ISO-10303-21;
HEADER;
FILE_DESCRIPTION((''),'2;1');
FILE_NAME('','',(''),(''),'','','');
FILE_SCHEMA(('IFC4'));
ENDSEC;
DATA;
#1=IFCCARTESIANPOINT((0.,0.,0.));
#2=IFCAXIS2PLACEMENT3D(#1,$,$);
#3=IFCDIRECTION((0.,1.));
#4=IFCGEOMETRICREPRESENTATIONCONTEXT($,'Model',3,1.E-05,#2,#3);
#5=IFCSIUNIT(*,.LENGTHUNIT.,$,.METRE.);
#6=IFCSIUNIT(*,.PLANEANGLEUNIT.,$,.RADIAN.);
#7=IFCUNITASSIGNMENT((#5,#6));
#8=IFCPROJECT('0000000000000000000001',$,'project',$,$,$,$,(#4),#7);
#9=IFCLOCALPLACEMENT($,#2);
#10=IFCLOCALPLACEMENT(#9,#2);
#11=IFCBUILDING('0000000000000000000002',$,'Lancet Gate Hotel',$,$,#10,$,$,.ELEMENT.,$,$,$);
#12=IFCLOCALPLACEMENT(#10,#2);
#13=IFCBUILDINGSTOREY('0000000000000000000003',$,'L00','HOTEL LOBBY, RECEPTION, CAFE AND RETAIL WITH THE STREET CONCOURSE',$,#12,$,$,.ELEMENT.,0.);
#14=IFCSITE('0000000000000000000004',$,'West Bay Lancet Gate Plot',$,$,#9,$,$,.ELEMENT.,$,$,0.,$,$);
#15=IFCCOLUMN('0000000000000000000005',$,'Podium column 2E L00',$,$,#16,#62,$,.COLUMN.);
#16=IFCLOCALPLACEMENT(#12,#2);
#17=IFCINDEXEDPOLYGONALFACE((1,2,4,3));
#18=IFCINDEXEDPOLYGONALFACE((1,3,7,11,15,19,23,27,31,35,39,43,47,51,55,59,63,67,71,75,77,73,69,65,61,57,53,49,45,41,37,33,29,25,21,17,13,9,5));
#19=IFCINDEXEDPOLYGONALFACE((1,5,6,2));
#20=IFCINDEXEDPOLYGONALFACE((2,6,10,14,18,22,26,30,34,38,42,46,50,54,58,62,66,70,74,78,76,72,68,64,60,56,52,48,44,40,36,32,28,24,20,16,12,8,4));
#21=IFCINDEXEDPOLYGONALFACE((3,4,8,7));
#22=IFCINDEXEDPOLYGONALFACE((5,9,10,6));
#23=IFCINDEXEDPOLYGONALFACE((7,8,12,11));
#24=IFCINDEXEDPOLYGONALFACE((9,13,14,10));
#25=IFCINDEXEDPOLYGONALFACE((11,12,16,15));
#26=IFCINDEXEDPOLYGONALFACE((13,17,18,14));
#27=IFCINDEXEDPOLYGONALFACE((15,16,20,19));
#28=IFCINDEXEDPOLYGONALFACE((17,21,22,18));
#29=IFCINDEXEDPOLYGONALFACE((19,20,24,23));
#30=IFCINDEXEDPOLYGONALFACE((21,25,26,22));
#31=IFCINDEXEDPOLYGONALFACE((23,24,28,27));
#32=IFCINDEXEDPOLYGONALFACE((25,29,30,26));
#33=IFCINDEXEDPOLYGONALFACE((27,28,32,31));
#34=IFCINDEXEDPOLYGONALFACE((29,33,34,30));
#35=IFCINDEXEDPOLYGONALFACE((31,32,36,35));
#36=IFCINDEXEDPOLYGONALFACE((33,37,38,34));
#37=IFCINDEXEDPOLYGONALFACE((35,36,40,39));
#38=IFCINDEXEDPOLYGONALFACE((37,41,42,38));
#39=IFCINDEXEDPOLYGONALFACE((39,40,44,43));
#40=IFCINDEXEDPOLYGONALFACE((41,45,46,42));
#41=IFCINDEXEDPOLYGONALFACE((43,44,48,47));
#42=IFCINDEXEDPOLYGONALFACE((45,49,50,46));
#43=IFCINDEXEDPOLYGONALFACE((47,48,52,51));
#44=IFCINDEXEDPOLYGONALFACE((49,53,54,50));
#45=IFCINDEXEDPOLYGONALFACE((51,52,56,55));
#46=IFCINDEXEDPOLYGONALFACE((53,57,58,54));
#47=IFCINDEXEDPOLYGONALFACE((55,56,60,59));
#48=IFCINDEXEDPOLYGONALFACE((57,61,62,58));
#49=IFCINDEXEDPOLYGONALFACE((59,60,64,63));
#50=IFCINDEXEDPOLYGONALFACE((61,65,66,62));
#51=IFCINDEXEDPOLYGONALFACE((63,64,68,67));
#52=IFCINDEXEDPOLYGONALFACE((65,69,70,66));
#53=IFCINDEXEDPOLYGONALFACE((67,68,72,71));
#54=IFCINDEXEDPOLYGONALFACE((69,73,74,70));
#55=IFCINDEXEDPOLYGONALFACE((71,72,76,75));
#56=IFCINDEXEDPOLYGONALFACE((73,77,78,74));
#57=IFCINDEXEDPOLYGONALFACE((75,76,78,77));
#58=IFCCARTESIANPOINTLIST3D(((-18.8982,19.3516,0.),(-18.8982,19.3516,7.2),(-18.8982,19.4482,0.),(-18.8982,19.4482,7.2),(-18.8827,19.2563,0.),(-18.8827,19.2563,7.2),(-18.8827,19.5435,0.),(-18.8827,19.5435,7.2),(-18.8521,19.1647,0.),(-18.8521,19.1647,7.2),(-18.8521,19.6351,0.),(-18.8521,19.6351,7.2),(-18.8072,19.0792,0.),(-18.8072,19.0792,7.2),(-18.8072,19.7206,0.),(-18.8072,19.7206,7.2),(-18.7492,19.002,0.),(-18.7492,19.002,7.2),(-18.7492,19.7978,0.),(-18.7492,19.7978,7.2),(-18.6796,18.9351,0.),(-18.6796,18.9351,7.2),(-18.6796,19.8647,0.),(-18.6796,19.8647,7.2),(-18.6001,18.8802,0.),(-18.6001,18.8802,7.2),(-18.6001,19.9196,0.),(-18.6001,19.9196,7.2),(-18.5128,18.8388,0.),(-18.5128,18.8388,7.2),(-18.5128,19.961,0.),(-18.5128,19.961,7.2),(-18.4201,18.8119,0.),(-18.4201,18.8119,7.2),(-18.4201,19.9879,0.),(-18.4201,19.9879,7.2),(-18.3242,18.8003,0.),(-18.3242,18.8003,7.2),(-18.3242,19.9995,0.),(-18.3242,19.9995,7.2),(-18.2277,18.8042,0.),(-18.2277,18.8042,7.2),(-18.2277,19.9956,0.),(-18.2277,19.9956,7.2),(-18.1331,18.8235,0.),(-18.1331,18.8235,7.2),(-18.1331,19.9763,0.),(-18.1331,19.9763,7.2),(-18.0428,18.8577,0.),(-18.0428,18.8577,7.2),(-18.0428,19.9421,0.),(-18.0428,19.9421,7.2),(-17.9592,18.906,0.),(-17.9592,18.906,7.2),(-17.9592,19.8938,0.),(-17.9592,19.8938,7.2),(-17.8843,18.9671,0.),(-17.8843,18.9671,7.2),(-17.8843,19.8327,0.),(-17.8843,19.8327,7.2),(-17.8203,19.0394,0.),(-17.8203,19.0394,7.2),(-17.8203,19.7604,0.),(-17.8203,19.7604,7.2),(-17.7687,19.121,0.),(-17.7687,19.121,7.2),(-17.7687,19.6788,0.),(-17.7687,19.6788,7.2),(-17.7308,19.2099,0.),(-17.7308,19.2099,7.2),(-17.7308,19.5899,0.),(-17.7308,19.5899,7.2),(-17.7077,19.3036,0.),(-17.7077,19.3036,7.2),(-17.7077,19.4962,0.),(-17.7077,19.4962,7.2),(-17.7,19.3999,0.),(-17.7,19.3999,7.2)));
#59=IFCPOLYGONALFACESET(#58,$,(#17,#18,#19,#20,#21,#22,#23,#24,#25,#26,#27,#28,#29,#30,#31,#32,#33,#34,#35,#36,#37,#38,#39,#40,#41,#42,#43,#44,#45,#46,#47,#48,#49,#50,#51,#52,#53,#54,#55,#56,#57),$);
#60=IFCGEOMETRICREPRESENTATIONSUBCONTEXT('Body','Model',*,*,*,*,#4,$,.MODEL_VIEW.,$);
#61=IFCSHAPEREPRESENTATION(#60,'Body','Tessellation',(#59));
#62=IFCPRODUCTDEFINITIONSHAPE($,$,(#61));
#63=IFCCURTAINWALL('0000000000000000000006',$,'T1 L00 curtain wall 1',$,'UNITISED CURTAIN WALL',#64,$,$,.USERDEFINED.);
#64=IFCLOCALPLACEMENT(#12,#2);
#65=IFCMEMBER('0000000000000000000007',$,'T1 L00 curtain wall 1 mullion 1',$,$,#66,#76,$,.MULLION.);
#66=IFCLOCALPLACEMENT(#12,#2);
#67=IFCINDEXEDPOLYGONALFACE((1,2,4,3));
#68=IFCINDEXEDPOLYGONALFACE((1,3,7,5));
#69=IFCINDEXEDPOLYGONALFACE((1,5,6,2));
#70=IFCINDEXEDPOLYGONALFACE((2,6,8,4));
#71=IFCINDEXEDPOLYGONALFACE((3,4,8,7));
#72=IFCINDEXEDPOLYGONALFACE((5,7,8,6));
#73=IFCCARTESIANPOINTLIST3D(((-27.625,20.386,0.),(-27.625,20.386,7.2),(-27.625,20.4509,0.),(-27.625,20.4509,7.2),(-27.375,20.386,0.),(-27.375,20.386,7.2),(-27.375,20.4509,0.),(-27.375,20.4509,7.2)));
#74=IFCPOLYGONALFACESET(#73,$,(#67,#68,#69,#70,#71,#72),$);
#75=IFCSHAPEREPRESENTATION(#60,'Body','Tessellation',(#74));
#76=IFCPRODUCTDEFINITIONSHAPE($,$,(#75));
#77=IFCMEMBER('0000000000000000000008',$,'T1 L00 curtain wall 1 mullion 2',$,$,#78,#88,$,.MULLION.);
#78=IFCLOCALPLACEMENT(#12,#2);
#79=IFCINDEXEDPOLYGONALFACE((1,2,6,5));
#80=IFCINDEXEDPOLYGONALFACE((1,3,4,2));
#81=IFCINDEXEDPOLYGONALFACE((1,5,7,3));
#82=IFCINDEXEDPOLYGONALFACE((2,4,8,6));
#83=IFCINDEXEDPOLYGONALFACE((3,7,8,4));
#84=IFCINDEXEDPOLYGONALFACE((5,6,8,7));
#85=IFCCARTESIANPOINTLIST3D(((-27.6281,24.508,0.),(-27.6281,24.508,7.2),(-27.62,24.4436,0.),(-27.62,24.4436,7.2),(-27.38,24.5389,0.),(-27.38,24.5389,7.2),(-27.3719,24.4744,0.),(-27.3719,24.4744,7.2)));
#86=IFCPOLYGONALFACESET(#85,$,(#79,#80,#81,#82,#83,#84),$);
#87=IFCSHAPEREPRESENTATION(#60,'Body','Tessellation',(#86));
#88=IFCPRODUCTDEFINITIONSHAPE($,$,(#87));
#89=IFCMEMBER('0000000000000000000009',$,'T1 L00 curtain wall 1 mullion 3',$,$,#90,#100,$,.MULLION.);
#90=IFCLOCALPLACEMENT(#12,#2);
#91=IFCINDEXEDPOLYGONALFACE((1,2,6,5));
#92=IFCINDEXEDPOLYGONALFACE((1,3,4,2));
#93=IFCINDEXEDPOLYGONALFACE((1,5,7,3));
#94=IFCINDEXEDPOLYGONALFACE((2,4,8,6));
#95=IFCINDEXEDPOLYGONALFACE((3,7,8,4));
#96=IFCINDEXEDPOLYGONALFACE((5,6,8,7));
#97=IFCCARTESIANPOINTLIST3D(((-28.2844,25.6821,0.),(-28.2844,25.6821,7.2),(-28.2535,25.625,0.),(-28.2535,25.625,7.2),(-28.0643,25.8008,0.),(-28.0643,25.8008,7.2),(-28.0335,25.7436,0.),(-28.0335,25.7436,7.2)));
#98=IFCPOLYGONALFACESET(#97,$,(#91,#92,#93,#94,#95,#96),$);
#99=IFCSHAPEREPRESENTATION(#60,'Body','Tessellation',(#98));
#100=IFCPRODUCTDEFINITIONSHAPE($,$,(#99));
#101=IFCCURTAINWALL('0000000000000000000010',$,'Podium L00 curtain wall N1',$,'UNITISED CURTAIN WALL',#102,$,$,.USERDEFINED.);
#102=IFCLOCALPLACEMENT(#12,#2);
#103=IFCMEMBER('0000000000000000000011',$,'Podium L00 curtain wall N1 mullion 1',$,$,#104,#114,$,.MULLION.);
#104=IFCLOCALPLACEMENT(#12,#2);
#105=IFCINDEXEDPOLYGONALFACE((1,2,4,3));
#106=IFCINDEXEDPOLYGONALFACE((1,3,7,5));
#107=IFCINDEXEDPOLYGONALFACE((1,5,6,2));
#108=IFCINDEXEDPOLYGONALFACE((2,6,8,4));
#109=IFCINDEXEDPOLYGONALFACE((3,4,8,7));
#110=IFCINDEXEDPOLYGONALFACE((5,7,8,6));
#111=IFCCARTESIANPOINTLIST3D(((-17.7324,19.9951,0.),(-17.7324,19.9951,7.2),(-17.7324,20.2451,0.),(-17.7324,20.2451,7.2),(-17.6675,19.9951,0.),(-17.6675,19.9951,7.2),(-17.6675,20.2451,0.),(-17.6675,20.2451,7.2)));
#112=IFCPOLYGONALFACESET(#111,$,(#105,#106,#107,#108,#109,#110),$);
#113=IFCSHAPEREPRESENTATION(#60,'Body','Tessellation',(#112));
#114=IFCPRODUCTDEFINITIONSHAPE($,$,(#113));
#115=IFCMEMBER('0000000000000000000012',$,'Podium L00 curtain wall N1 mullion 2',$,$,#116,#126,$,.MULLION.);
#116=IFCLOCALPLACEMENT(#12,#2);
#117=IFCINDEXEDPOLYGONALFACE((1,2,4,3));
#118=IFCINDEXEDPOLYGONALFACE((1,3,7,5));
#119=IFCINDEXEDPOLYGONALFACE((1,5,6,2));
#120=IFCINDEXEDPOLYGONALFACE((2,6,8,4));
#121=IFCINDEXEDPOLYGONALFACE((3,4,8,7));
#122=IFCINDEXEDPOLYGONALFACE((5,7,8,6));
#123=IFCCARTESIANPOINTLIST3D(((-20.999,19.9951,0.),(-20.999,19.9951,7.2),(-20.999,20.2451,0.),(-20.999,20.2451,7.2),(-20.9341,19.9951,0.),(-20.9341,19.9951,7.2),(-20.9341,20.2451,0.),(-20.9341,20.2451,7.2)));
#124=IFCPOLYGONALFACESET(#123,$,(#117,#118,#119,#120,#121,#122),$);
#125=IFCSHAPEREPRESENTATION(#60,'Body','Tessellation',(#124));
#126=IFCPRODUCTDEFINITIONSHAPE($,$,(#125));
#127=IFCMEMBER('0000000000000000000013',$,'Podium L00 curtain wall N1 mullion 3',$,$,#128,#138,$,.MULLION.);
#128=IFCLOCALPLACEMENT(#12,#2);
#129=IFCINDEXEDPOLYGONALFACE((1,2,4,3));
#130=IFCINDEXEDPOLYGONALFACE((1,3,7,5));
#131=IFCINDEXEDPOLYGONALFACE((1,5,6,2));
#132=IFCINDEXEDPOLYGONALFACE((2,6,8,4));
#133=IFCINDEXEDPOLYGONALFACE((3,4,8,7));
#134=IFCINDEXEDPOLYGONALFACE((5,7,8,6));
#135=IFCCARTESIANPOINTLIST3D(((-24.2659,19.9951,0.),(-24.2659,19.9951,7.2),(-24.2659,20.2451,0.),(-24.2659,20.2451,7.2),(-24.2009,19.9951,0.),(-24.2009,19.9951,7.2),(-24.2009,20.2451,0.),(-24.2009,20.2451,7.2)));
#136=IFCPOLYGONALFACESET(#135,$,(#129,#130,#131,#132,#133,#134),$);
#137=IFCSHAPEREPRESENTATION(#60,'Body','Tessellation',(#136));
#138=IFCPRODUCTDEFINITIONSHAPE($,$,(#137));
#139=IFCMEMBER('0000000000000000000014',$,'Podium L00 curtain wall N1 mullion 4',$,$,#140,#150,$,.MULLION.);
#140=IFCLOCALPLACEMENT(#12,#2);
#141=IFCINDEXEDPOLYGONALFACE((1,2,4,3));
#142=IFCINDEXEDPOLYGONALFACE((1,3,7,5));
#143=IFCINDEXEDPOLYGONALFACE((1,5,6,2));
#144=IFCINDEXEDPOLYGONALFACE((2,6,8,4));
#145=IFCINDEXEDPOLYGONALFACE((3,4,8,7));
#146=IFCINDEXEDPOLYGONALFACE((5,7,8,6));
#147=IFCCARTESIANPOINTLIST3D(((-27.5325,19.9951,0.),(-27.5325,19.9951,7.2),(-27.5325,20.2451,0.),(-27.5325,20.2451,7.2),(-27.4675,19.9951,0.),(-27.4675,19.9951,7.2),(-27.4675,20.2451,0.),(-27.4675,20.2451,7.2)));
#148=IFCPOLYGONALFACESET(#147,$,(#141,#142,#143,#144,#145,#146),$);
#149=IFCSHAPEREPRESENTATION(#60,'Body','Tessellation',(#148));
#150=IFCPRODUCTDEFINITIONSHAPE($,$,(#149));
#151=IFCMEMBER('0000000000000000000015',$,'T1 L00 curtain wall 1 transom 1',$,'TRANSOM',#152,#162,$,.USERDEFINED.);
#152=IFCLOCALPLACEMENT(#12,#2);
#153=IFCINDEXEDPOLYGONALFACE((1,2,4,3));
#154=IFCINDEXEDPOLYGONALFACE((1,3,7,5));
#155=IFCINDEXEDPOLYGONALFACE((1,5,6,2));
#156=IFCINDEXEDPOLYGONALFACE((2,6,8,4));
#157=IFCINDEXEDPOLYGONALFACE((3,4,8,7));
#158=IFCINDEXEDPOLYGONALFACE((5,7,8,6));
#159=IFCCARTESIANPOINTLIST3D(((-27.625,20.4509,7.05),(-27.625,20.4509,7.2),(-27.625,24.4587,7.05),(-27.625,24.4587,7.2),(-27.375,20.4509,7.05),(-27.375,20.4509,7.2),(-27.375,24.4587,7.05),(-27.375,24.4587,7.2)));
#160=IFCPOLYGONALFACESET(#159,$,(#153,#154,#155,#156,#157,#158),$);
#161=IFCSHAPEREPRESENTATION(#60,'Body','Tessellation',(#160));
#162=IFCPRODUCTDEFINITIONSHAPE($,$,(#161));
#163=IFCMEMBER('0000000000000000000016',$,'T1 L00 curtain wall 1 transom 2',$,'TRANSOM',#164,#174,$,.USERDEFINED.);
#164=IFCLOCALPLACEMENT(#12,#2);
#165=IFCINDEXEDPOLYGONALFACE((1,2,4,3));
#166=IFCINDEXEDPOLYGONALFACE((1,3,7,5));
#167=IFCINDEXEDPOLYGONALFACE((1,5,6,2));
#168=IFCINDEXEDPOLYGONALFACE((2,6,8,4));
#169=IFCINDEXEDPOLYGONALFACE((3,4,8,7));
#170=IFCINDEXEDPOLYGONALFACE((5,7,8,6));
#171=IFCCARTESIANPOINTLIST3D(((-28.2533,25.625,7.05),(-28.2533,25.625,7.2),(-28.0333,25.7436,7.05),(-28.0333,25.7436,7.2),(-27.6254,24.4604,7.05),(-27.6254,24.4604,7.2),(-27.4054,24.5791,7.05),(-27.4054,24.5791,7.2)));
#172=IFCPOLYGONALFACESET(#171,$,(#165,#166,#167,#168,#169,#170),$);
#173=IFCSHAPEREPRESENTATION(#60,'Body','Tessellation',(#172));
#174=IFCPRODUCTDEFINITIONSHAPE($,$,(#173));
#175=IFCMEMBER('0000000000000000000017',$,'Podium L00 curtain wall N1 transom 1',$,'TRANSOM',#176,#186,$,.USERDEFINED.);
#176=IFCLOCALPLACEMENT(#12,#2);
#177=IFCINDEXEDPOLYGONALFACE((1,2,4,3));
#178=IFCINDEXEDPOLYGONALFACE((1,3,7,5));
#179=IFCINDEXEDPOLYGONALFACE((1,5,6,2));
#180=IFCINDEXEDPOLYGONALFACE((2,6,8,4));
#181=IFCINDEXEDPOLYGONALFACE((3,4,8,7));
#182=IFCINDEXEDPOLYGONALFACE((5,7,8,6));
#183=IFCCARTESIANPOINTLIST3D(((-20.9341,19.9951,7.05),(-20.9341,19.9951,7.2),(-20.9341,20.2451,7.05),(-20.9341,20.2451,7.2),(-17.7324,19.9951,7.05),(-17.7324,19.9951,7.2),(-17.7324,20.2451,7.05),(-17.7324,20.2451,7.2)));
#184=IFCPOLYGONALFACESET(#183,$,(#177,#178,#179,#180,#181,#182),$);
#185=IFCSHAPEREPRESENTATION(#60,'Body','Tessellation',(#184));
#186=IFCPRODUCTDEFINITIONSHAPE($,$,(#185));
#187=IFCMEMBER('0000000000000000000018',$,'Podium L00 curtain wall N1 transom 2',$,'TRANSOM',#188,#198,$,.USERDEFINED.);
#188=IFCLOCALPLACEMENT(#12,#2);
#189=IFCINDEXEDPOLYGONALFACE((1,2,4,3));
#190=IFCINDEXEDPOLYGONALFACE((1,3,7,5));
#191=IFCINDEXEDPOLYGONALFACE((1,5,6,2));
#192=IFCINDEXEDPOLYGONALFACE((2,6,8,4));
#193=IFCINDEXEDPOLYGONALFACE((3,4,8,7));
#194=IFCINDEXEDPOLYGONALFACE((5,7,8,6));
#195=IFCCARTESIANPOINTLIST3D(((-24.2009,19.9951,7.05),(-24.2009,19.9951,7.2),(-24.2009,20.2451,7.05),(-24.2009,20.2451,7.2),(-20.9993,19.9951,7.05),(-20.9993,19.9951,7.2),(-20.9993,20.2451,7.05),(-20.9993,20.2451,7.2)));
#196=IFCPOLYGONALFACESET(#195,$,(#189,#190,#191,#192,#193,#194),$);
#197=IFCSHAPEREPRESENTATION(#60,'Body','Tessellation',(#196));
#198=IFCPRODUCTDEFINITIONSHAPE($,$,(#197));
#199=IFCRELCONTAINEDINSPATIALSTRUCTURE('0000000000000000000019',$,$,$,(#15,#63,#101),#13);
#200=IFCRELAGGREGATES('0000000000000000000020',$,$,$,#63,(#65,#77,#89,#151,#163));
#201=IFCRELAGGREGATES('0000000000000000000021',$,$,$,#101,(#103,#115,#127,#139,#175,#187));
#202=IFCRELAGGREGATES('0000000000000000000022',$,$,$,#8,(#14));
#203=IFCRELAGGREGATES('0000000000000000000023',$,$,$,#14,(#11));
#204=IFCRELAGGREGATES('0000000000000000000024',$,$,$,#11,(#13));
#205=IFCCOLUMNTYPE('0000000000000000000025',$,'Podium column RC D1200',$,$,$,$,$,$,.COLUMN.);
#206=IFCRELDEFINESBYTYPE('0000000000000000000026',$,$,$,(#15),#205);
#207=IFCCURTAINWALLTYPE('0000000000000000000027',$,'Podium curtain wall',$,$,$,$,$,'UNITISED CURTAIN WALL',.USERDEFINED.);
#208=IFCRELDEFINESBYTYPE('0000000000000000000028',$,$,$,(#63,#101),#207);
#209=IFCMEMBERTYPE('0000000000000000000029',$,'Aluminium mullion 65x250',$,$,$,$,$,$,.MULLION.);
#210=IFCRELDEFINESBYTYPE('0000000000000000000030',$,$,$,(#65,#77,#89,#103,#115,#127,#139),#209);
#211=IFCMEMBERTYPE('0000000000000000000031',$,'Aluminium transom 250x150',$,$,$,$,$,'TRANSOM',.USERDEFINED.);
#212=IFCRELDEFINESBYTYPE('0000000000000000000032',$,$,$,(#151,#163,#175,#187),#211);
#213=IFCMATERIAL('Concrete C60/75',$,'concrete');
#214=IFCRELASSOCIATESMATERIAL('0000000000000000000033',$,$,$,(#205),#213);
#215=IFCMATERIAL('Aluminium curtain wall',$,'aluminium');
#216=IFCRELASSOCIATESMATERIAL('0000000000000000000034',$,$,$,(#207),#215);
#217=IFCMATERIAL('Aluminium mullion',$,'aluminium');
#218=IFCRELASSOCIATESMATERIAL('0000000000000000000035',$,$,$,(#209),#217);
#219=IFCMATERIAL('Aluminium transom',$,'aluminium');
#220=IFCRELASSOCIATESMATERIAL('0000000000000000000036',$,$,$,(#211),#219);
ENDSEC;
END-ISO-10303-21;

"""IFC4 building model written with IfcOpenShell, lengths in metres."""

from ifc_helpers import new_model, si_unit, direction, frame, origin, origin_2d, place, context, subcontext, project, spatial, rectangle, circle, extrude, material, material_profile, profile_set, type_object, element, aggregate, save


model = new_model("IFC4")

# Units and contexts
model_context = context("Model", 3, precision=1e-05, world=origin(), true_north=direction((0.0, 1.0)))
body_context = subcontext(model_context, "Body", "Model", "MODEL_VIEW")
ifc_project = project(units=[si_unit("LENGTHUNIT", "METRE"), si_unit("PLANEANGLEUNIT", "RADIAN")], contexts=[model_context])

# Site, building, storey
site_placement = place(None, origin())
site = spatial("IfcSite", under=ifc_project, at=site_placement, Name="West Bay Lancet Gate Plot", CompositionType="ELEMENT", RefElevation=0.0)
building_placement = place(site_placement, origin())
building = spatial("IfcBuilding", under=site, at=building_placement, Name="Lancet Gate Hotel", CompositionType="ELEMENT")
storey_placement = place(building_placement, origin())
storey = spatial("IfcBuildingStorey", under=building, at=storey_placement, Name="L00", Description="HOTEL LOBBY, RECEPTION, CAFE AND RETAIL WITH THE STREET CONCOURSE", CompositionType="ELEMENT", Elevation=0.0)

# Column
ifc_material_1 = material(Name="Concrete C60/75", Category="concrete")
ifc_material_profile_1 = material_profile(ifc_material_1, circle(Radius=0.6001, at=origin_2d()), Name="RC D1200")
ifc_profile_set_1 = profile_set([ifc_material_profile_1], Name="Concrete C60/75")
column_type_1 = type_object("IfcColumnType", Name="Podium column RC D1200", PredefinedType="COLUMN", material=ifc_profile_set_1)
for number, where, z_axis, x_axis, name in (
    (1, (-18.3, 19.3999, 0.0), (0.0, 0.0, 1.0), (1.0, 0.0, 0.0), "Podium column 2E L00"),
):
    element("IfcColumn", number, at=place(storey_placement, frame(where, z_axis=z_axis, x_axis=x_axis)), inside=storey, type_object=column_type_1, Name=name, PredefinedType="COLUMN", context=body_context, shape_type="SweptSolid", body=[
        extrude(circle(Radius=0.6001, at=origin_2d()), origin(), (0.0, 0.0, 1.0), 7.2),
    ])

# Curtain walls, members
ifc_material_2 = material(Name="Aluminium curtain wall", Category="aluminium")
curtain_wall_type = type_object("IfcCurtainWallType", Name="Podium curtain wall", ElementType="UNITISED CURTAIN WALL", PredefinedType="USERDEFINED", material=ifc_material_2)
curtain_wall_1_placement = place(storey_placement, origin())
curtain_wall_1 = element("IfcCurtainWall", 2, at=curtain_wall_1_placement, inside=storey, type_object=curtain_wall_type, Name="T1 L00 curtain wall 1", ObjectType="UNITISED CURTAIN WALL", PredefinedType="USERDEFINED")
ifc_material_3 = material(Name="Aluminium mullion", Category="aluminium")
ifc_material_profile_2 = material_profile(ifc_material_3, rectangle(XDim=0.0649, YDim=0.25, at=origin_2d()), Name="MULLION 65x250")
ifc_profile_set_2 = profile_set([ifc_material_profile_2], Name="Aluminium mullion")
member_type_1 = type_object("IfcMemberType", Name="Aluminium mullion 65x250", PredefinedType="MULLION", material=ifc_profile_set_2)
member_1_placement = place(storey_placement, frame((-27.5, 20.4185, 0.0), z_axis=(0.0, 0.0, 1.0), x_axis=(0.0, 1.0, 0.0)))
member_1 = element("IfcMember", 3, at=member_1_placement, type_object=member_type_1, Name="T1 L00 curtain wall 1 mullion 1", PredefinedType="MULLION", context=body_context, shape_type="SweptSolid", body=[
    extrude(rectangle(XDim=0.0649, YDim=0.25, at=origin_2d()), origin(), (0.0, 0.0, 1.0), 7.2),
])
member_2_placement = place(storey_placement, frame((-27.5, 24.4912, 0.0), z_axis=(0.0, 0.0, 1.0), x_axis=(-0.123483, 0.992347, 0.0)))
member_2 = element("IfcMember", 4, at=member_2_placement, type_object=member_type_1, Name="T1 L00 curtain wall 1 mullion 2", PredefinedType="MULLION", context=body_context, shape_type="SweptSolid", body=[
    extrude(rectangle(XDim=0.0649, YDim=0.25, at=origin_2d()), origin(), (0.0, 0.0, 1.0), 7.2),
])
member_3_placement = place(storey_placement, frame((-28.1589, 25.7129, 0.0), z_axis=(0.0, 0.0, 1.0), x_axis=(-0.474631, 0.880185, 0.0)))
member_3 = element("IfcMember", 5, at=member_3_placement, type_object=member_type_1, Name="T1 L00 curtain wall 1 mullion 3", PredefinedType="MULLION", context=body_context, shape_type="SweptSolid", body=[
    extrude(rectangle(XDim=0.0649, YDim=0.25, at=origin_2d()), origin(), (0.0, 0.0, 1.0), 7.2),
])
curtain_wall_2_placement = place(storey_placement, origin())
curtain_wall_2 = element("IfcCurtainWall", 6, at=curtain_wall_2_placement, inside=storey, type_object=curtain_wall_type, Name="Podium L00 curtain wall N1", ObjectType="UNITISED CURTAIN WALL", PredefinedType="USERDEFINED")
member_4_placement = place(storey_placement, frame((-17.7, 20.1201, 0.0), z_axis=(0.0, 0.0, 1.0), x_axis=(-1.0, 0.0, 0.0)))
member_4 = element("IfcMember", 7, at=member_4_placement, type_object=member_type_1, Name="Podium L00 curtain wall N1 mullion 1", PredefinedType="MULLION", context=body_context, shape_type="SweptSolid", body=[
    extrude(rectangle(XDim=0.0649, YDim=0.25, at=origin_2d()), origin(), (0.0, 0.0, 1.0), 7.2),
])
member_5_placement = place(storey_placement, frame((-20.9666, 20.1201, 0.0), z_axis=(0.0, 0.0, 1.0), x_axis=(-1.0, 0.0, 0.0)))
member_5 = element("IfcMember", 8, at=member_5_placement, type_object=member_type_1, Name="Podium L00 curtain wall N1 mullion 2", PredefinedType="MULLION", context=body_context, shape_type="SweptSolid", body=[
    extrude(rectangle(XDim=0.0649, YDim=0.25, at=origin_2d()), origin(), (0.0, 0.0, 1.0), 7.2),
])
member_6_placement = place(storey_placement, frame((-24.2334, 20.1201, 0.0), z_axis=(0.0, 0.0, 1.0), x_axis=(-1.0, 0.0, 0.0)))
member_6 = element("IfcMember", 9, at=member_6_placement, type_object=member_type_1, Name="Podium L00 curtain wall N1 mullion 3", PredefinedType="MULLION", context=body_context, shape_type="SweptSolid", body=[
    extrude(rectangle(XDim=0.0649, YDim=0.25, at=origin_2d()), origin(), (0.0, 0.0, 1.0), 7.2),
])
member_7_placement = place(storey_placement, frame((-27.5, 20.1201, 0.0), z_axis=(0.0, 0.0, 1.0), x_axis=(-1.0, 0.0, 0.0)))
member_7 = element("IfcMember", 10, at=member_7_placement, type_object=member_type_1, Name="Podium L00 curtain wall N1 mullion 4", PredefinedType="MULLION", context=body_context, shape_type="SweptSolid", body=[
    extrude(rectangle(XDim=0.0649, YDim=0.25, at=origin_2d()), origin(), (0.0, 0.0, 1.0), 7.2),
])

# Members
ifc_material_4 = material(Name="Aluminium transom", Category="aluminium")
ifc_material_profile_3 = material_profile(ifc_material_4, rectangle(XDim=0.25, YDim=0.1499, at=origin_2d()), Name="TRANSOM 250x150")
ifc_profile_set_3 = profile_set([ifc_material_profile_3], Name="Aluminium transom")
member_type_2 = type_object("IfcMemberType", Name="Aluminium transom 250x150", ElementType="TRANSOM", PredefinedType="USERDEFINED", material=ifc_profile_set_3)
member_8_placement = place(storey_placement, frame((-27.5, 20.4509, 7.125), z_axis=(0.0, 1.0, 0.0), x_axis=(-1.0, 0.0, 0.0)))
member_8 = element("IfcMember", 11, at=member_8_placement, type_object=member_type_2, Name="T1 L00 curtain wall 1 transom 1", ObjectType="TRANSOM", PredefinedType="USERDEFINED", context=body_context, shape_type="SweptSolid", body=[
    extrude(rectangle(XDim=0.25, YDim=0.1499, at=origin_2d()), origin(), (0.0, 0.0, 1.0), 4.0078),
])
member_9_placement = place(storey_placement, frame((-27.5154, 24.5198, 7.125), z_axis=(-0.474606, 0.880198, 0.0), x_axis=(-0.880198, -0.474606, 0.0)))
member_9 = element("IfcMember", 12, at=member_9_placement, type_object=member_type_2, Name="T1 L00 curtain wall 1 transom 2", ObjectType="TRANSOM", PredefinedType="USERDEFINED", context=body_context, shape_type="SweptSolid", body=[
    extrude(rectangle(XDim=0.25, YDim=0.1499, at=origin_2d()), origin(), (0.0, 0.0, 1.0), 1.323),
])
member_10_placement = place(storey_placement, frame((-17.7324, 20.1201, 7.125), z_axis=(-1.0, 0.0, 0.0), x_axis=(0.0, -1.0, 0.0)))
member_10 = element("IfcMember", 13, at=member_10_placement, type_object=member_type_2, Name="Podium L00 curtain wall N1 transom 1", ObjectType="TRANSOM", PredefinedType="USERDEFINED", context=body_context, shape_type="SweptSolid", body=[
    extrude(rectangle(XDim=0.25, YDim=0.1499, at=origin_2d()), origin(), (0.0, 0.0, 1.0), 3.2017),
])
member_11_placement = place(storey_placement, frame((-20.9993, 20.1201, 7.125), z_axis=(-1.0, 0.0, 0.0), x_axis=(0.0, -1.0, 0.0)))
member_11 = element("IfcMember", 14, at=member_11_placement, type_object=member_type_2, Name="Podium L00 curtain wall N1 transom 2", ObjectType="TRANSOM", PredefinedType="USERDEFINED", context=body_context, shape_type="SweptSolid", body=[
    extrude(rectangle(XDim=0.25, YDim=0.1499, at=origin_2d()), origin(), (0.0, 0.0, 1.0), 3.2017),
])

aggregate(curtain_wall_1, [member_1, member_2, member_3, member_8, member_9])
aggregate(curtain_wall_2, [member_4, member_5, member_6, member_7, member_10, member_11])

save(model, "model.ifc")
